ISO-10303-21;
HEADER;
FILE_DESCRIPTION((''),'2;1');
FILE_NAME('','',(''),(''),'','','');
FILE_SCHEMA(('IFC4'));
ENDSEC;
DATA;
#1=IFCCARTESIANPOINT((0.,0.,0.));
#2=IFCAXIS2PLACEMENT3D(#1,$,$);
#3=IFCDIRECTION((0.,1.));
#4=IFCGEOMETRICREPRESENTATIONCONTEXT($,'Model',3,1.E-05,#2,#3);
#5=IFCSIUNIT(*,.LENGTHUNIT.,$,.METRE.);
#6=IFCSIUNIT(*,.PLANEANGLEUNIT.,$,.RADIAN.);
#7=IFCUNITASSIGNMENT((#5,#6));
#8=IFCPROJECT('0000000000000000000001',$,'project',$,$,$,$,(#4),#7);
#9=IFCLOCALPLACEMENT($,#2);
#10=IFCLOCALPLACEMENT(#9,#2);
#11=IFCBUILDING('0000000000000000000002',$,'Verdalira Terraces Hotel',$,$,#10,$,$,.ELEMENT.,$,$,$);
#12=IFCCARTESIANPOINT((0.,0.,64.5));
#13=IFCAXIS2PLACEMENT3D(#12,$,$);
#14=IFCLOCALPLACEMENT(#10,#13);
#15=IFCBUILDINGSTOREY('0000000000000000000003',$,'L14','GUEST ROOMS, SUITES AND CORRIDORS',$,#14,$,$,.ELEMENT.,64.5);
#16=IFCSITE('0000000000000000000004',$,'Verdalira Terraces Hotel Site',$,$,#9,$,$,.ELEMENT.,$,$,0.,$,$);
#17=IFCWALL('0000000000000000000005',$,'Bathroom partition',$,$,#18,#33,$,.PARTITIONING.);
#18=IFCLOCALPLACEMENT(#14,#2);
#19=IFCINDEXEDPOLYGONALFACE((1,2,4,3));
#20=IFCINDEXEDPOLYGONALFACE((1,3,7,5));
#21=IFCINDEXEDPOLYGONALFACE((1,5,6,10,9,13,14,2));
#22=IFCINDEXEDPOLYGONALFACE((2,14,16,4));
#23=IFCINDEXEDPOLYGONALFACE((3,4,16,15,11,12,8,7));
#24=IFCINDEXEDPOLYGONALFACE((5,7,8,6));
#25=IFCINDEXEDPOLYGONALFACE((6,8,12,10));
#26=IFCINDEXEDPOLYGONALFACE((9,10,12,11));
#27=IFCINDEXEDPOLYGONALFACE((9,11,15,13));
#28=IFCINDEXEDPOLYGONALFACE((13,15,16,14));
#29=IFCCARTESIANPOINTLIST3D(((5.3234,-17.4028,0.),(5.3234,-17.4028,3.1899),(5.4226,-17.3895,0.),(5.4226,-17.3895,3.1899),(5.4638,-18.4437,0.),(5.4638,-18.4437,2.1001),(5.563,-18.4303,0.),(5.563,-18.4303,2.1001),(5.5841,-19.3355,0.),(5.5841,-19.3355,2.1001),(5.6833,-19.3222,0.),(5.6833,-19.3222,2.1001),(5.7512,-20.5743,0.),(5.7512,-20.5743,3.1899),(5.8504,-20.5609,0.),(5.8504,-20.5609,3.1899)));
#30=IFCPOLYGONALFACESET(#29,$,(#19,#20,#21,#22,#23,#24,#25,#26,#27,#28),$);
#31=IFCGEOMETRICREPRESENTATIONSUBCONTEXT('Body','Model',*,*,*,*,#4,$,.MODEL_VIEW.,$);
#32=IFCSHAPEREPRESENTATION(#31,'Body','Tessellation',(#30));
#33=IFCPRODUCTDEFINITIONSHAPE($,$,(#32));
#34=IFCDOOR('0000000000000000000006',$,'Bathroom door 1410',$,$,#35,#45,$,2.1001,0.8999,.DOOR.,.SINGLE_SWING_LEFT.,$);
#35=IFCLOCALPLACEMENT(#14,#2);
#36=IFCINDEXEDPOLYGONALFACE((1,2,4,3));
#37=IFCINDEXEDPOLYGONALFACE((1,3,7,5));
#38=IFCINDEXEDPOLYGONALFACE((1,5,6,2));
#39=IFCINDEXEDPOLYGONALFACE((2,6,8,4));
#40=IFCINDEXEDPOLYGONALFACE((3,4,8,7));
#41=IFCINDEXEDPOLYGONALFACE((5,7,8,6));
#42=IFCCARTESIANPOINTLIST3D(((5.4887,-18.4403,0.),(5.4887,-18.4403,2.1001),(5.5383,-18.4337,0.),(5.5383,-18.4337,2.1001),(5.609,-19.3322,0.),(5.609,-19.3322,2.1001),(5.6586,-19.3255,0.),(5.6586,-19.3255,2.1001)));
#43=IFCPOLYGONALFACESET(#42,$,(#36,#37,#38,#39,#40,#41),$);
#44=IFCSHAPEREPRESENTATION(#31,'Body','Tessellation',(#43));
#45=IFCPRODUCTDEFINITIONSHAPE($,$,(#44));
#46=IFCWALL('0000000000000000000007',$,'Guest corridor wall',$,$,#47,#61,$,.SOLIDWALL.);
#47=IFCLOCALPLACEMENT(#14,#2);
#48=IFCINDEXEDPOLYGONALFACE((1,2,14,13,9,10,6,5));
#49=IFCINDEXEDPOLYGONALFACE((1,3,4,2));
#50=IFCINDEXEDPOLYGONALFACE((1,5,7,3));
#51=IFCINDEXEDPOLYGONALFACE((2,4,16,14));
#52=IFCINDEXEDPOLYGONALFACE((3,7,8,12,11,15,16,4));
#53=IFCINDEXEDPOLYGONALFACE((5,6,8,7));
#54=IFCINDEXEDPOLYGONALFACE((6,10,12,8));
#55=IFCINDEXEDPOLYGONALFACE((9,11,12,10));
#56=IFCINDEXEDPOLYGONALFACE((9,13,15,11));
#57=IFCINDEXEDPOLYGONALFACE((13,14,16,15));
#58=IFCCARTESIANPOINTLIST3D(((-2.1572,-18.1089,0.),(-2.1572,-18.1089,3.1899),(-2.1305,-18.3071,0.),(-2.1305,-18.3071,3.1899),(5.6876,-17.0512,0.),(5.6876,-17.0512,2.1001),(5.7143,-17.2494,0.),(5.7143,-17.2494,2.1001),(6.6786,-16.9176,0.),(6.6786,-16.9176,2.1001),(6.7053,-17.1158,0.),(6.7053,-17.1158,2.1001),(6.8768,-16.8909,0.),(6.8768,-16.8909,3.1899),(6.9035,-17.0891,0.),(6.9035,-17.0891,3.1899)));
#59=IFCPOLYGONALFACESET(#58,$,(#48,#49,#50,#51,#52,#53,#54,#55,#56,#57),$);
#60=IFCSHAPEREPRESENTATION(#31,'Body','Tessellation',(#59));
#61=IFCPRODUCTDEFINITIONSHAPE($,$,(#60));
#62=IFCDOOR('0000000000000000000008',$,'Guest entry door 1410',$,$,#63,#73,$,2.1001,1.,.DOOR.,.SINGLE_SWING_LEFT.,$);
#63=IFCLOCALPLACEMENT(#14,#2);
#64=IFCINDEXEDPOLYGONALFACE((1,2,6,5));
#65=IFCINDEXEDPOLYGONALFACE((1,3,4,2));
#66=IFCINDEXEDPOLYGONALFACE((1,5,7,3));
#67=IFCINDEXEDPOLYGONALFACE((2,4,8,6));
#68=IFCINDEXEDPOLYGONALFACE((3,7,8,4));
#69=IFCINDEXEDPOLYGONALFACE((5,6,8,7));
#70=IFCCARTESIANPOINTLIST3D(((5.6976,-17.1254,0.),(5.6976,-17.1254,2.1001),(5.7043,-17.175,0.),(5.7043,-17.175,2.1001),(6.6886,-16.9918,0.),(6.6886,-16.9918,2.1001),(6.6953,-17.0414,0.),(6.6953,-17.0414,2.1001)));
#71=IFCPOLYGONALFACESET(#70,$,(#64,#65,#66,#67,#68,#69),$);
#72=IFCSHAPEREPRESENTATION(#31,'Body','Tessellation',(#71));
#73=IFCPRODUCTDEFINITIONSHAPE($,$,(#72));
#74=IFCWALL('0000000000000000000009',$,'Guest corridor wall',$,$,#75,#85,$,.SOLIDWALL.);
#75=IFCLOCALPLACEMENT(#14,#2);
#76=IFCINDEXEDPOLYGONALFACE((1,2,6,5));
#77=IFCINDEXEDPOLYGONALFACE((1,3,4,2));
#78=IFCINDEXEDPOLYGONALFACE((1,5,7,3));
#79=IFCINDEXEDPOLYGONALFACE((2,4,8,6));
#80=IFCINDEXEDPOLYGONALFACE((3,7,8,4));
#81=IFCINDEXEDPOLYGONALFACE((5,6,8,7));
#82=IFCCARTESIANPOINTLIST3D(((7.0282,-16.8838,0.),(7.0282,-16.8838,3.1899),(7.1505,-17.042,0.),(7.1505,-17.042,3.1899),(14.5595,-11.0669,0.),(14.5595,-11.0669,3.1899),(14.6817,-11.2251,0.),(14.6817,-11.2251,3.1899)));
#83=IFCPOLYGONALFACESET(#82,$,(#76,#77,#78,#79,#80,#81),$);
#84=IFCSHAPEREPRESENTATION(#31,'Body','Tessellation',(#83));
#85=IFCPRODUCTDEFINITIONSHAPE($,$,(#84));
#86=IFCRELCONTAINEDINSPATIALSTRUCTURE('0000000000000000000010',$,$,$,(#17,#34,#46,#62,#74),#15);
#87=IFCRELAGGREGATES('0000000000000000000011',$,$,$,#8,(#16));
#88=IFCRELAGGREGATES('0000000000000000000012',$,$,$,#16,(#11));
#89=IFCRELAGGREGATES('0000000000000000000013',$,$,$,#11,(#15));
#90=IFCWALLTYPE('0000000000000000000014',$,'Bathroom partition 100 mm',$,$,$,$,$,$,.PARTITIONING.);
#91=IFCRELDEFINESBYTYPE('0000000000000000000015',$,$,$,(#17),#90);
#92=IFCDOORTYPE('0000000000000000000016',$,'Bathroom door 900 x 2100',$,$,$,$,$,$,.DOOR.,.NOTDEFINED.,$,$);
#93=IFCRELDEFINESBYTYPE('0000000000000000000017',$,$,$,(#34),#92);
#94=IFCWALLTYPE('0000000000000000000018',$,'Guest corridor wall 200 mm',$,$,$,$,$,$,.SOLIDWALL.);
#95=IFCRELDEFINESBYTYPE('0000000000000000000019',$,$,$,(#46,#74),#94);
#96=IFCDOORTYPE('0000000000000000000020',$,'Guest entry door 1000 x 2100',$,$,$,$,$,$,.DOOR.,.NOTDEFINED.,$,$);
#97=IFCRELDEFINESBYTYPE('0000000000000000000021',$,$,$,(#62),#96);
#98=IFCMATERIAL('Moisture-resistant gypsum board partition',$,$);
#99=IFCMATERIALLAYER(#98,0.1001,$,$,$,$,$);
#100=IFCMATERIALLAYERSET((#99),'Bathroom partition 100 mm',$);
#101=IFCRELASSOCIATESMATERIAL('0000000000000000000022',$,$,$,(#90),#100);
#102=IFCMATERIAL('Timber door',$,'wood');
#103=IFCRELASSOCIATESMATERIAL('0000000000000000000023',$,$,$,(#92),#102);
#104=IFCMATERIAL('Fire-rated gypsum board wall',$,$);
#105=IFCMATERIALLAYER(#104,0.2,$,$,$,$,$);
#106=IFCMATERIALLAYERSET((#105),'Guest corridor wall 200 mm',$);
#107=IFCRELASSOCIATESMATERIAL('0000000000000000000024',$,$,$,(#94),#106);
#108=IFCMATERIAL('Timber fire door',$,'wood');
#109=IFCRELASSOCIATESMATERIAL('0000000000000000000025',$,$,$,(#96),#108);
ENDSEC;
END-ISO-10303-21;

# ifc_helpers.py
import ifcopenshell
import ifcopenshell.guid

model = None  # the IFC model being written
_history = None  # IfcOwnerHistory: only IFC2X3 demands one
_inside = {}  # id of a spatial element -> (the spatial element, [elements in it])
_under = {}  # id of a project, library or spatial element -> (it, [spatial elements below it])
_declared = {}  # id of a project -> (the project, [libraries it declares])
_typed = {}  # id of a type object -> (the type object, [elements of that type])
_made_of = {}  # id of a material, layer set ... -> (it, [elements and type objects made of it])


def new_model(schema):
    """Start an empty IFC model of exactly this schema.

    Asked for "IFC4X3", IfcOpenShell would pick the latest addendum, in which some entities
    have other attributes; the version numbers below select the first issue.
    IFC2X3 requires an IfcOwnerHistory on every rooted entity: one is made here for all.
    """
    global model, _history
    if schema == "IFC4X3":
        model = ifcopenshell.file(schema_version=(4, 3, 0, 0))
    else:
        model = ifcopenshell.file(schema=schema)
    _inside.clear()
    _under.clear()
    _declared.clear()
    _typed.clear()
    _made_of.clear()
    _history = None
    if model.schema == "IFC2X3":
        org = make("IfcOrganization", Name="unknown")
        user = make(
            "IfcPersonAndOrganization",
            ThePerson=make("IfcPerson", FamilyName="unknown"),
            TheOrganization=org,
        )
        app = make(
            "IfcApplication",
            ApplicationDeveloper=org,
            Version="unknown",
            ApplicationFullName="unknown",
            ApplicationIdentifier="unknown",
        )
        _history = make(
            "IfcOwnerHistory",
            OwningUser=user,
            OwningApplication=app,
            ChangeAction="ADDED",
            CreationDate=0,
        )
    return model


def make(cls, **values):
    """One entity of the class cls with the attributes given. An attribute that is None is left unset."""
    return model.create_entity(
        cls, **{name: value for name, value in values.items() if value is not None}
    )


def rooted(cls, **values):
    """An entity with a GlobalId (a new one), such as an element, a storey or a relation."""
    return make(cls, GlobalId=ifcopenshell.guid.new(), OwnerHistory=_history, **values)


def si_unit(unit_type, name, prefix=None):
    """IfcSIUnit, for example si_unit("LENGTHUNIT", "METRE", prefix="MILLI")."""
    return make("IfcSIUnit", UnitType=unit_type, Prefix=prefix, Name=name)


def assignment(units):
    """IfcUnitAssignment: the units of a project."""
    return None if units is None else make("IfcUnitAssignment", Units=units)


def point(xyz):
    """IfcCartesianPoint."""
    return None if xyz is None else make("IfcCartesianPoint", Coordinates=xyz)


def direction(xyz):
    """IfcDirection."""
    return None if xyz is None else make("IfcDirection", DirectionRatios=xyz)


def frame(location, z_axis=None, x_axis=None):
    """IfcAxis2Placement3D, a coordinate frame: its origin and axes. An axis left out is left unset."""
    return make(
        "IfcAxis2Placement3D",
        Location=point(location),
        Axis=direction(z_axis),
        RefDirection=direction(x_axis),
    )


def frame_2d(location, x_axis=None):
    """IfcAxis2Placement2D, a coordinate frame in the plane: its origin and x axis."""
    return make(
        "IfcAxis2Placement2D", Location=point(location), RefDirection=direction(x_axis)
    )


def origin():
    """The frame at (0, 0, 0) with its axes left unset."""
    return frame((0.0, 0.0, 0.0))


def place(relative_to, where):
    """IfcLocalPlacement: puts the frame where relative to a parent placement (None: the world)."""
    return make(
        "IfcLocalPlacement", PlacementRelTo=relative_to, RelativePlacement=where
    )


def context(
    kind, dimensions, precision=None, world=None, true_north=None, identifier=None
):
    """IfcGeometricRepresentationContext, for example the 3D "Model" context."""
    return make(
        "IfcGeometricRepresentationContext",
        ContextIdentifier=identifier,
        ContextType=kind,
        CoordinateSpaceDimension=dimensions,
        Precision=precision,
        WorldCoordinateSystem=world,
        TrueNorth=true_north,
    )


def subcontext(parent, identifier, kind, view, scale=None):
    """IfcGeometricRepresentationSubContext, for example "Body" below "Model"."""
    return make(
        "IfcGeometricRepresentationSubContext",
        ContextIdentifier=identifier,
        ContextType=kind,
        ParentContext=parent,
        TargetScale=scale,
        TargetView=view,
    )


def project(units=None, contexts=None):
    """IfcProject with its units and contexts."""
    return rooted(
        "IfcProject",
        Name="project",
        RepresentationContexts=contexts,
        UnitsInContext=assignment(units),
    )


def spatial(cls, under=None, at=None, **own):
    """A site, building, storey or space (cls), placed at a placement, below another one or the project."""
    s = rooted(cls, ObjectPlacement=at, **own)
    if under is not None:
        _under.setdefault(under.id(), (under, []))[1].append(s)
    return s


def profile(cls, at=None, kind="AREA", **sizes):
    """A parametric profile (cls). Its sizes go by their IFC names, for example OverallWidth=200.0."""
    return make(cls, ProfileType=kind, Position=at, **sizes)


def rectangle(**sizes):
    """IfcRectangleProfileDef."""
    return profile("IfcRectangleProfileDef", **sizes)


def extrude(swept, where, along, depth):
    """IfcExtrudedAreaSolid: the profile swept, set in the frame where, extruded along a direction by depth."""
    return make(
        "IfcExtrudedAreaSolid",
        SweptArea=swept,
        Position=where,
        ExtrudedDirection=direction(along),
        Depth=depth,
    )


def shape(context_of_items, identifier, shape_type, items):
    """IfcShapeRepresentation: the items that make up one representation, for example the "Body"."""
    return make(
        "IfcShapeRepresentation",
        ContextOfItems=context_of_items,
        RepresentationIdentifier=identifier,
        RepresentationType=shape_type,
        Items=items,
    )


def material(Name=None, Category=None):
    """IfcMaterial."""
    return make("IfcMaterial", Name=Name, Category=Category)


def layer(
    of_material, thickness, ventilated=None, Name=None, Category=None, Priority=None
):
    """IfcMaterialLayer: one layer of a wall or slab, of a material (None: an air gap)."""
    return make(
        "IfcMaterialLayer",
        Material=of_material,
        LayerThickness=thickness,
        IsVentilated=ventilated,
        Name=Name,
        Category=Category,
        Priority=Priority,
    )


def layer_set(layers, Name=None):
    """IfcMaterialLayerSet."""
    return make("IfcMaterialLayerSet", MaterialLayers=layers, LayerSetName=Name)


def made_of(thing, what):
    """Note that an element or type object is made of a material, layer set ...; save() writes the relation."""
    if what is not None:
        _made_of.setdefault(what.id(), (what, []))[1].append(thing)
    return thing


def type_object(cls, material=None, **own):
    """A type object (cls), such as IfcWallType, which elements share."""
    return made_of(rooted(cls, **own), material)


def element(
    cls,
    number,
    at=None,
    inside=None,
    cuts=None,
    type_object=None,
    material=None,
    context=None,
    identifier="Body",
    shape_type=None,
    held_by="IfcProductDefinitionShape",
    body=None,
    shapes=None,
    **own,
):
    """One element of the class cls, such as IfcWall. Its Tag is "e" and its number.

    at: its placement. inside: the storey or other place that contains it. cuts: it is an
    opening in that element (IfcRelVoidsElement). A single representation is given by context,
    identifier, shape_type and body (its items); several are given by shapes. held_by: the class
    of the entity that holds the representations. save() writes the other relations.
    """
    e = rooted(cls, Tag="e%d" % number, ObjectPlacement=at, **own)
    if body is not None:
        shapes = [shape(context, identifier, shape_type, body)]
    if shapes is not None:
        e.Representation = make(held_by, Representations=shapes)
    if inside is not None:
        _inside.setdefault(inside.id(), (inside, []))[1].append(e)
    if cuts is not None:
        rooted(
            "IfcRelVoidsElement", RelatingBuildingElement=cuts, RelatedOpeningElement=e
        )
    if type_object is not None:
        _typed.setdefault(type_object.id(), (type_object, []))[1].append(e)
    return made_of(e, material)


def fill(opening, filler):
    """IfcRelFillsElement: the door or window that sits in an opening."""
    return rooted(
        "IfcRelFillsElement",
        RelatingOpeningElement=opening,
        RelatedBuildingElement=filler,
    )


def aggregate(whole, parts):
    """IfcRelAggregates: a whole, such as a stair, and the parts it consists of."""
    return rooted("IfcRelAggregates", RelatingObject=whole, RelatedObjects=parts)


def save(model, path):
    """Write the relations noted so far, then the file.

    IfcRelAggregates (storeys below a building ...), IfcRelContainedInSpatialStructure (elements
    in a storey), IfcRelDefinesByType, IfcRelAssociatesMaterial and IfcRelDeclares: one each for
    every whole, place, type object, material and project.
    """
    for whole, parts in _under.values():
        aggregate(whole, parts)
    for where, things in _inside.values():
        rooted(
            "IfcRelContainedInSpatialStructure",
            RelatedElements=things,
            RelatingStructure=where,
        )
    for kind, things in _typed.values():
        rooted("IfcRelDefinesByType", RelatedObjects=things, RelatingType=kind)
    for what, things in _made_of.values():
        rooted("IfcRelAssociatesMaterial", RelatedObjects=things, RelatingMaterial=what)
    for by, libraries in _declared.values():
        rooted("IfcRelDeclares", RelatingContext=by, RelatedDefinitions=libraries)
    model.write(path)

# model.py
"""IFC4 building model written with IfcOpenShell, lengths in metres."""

from ifc_helpers import new_model, si_unit, direction, frame, frame_2d, origin, place, context, subcontext, project, spatial, rectangle, extrude, material, layer, layer_set, type_object, element, fill, save


model = new_model("IFC4")

# Units and contexts
model_context = context("Model", 3, precision=1e-05, world=origin(), true_north=direction((0.0, 1.0)))
body_context = subcontext(model_context, "Body", "Model", "MODEL_VIEW")
ifc_project = project(units=[si_unit("LENGTHUNIT", "METRE"), si_unit("PLANEANGLEUNIT", "RADIAN")], contexts=[model_context])

# Site, building, storey
site_placement = place(None, origin())
site = spatial("IfcSite", under=ifc_project, at=site_placement, Name="Verdalira Terraces Hotel Site", CompositionType="ELEMENT", RefElevation=0.0)
building_placement = place(site_placement, origin())
building = spatial("IfcBuilding", under=site, at=building_placement, Name="Verdalira Terraces Hotel", CompositionType="ELEMENT")
storey_placement = place(building_placement, frame((0.0, 0.0, 64.5)))
storey = spatial("IfcBuildingStorey", under=building, at=storey_placement, Name="L14", Description="GUEST ROOMS, SUITES AND CORRIDORS", CompositionType="ELEMENT", Elevation=64.5)

# Shared definitions
ifc_material_1 = material(Name="Moisture-resistant gypsum board partition")
ifc_layer_1 = layer(ifc_material_1, 0.1001)
ifc_layer_set_1 = layer_set([ifc_layer_1], Name="Bathroom partition 100 mm")
wall_type_1 = type_object("IfcWallType", Name="Bathroom partition 100 mm", PredefinedType="PARTITIONING", material=ifc_layer_set_1)

# Walls, openings, doors
wall_1_placement = place(storey_placement, frame((5.8008, -20.5676, 0.0), z_axis=(0.0, 0.0, 1.0), x_axis=(-0.133663, 0.991027, 0.0)))
wall_1 = element("IfcWall", 1, at=wall_1_placement, inside=storey, type_object=wall_type_1, Name="Bathroom partition", PredefinedType="PARTITIONING", context=body_context, shape_type="SweptSolid", body=[
    extrude(rectangle(XDim=3.2002, YDim=0.1001, at=frame_2d((1.6001, 0.0))), origin(), (0.0, 0.0, 1.0), 3.1899),
])
opening_1_placement = place(wall_1_placement, frame((1.25, 0.0, 0.0)))
opening_1 = element("IfcOpeningElement", 2, at=opening_1_placement, cuts=wall_1, PredefinedType="OPENING", context=body_context, shape_type="SweptSolid", body=[
    extrude(rectangle(XDim=0.8999, YDim=2.1001, at=frame_2d((0.45, 1.05))), frame((0.0, 0.0601, 0.0), z_axis=(0.0, -1.0, 0.0), x_axis=(1.0, 0.0, 0.0)), (0.0, 0.0, 1.0), 0.1201),
])
ifc_material_2 = material(Name="Timber door", Category="wood")
door_type_1 = type_object("IfcDoorType", Name="Bathroom door 900 x 2100", OperationType="NOTDEFINED", PredefinedType="DOOR", material=ifc_material_2)
door_1_placement = place(opening_1_placement, origin())
door_1 = element("IfcDoor", 3, at=door_1_placement, inside=storey, type_object=door_type_1, Name="Bathroom door 1410", OperationType="SINGLE_SWING_LEFT", OverallHeight=2.1001, OverallWidth=0.8999, PredefinedType="DOOR", context=body_context, shape_type="SweptSolid", body=[
    extrude(rectangle(XDim=0.8999, YDim=2.1001, at=frame_2d((0.45, 1.05))), frame((0.0, 0.0249, 0.0), z_axis=(0.0, -1.0, 0.0), x_axis=(1.0, 0.0, 0.0)), (0.0, 0.0, 1.0), 0.05),
])
fill(opening_1, door_1)
ifc_material_3 = material(Name="Fire-rated gypsum board wall")
ifc_layer_2 = layer(ifc_material_3, 0.2)
ifc_layer_set_2 = layer_set([ifc_layer_2], Name="Guest corridor wall 200 mm")
wall_type_2 = type_object("IfcWallType", Name="Guest corridor wall 200 mm", PredefinedType="SOLIDWALL", material=ifc_layer_set_2)
wall_2_placement = place(storey_placement, frame((6.8901, -16.99, 0.0), z_axis=(0.0, 0.0, 1.0), x_axis=(-0.991033, -0.133618, 0.0)))
wall_2 = element("IfcWall", 4, at=wall_2_placement, inside=storey, type_object=wall_type_2, Name="Guest corridor wall", PredefinedType="SOLIDWALL", context=body_context, shape_type="SweptSolid", body=[
    extrude(rectangle(XDim=9.1157, YDim=0.2, at=frame_2d((4.5579, 0.0))), origin(), (0.0, 0.0, 1.0), 3.1899),
])
opening_2_placement = place(wall_2_placement, frame((0.2, 0.0, 0.0)))
opening_2 = element("IfcOpeningElement", 5, at=opening_2_placement, cuts=wall_2, PredefinedType="OPENING", context=body_context, shape_type="SweptSolid", body=[
    extrude(rectangle(XDim=1.0, YDim=2.1001, at=frame_2d((0.5, 1.05))), frame((0.0, 0.1099, 0.0), z_axis=(0.0, -1.0, 0.0), x_axis=(1.0, 0.0, 0.0)), (0.0, 0.0, 1.0), 0.22),
])
ifc_material_4 = material(Name="Timber fire door", Category="wood")
door_type_2 = type_object("IfcDoorType", Name="Guest entry door 1000 x 2100", OperationType="NOTDEFINED", PredefinedType="DOOR", material=ifc_material_4)
door_2_placement = place(opening_2_placement, origin())
door_2 = element("IfcDoor", 6, at=door_2_placement, inside=storey, type_object=door_type_2, Name="Guest entry door 1410", OperationType="SINGLE_SWING_LEFT", OverallHeight=2.1001, OverallWidth=1.0, PredefinedType="DOOR", context=body_context, shape_type="SweptSolid", body=[
    extrude(rectangle(XDim=1.0, YDim=2.1001, at=frame_2d((0.5, 1.05))), frame((0.0, 0.0249, 0.0), z_axis=(0.0, -1.0, 0.0), x_axis=(1.0, 0.0, 0.0)), (0.0, 0.0, 1.0), 0.05),
])
fill(opening_2, door_2)

# Wall
wall_3_placement = place(storey_placement, frame((7.0894, -16.9629, 0.0), z_axis=(0.0, 0.0, 1.0), x_axis=(0.791423, 0.611269, 0.0)))
element("IfcWall", 7, at=wall_3_placement, inside=storey, type_object=wall_type_2, Name="Guest corridor wall", PredefinedType="SOLIDWALL", context=body_context, shape_type="SweptSolid", body=[
    extrude(rectangle(XDim=9.5161, YDim=0.2, at=frame_2d((4.7581, 0.0))), origin(), (0.0, 0.0, 1.0), 3.1899),
])

save(model, "model.ifc")
